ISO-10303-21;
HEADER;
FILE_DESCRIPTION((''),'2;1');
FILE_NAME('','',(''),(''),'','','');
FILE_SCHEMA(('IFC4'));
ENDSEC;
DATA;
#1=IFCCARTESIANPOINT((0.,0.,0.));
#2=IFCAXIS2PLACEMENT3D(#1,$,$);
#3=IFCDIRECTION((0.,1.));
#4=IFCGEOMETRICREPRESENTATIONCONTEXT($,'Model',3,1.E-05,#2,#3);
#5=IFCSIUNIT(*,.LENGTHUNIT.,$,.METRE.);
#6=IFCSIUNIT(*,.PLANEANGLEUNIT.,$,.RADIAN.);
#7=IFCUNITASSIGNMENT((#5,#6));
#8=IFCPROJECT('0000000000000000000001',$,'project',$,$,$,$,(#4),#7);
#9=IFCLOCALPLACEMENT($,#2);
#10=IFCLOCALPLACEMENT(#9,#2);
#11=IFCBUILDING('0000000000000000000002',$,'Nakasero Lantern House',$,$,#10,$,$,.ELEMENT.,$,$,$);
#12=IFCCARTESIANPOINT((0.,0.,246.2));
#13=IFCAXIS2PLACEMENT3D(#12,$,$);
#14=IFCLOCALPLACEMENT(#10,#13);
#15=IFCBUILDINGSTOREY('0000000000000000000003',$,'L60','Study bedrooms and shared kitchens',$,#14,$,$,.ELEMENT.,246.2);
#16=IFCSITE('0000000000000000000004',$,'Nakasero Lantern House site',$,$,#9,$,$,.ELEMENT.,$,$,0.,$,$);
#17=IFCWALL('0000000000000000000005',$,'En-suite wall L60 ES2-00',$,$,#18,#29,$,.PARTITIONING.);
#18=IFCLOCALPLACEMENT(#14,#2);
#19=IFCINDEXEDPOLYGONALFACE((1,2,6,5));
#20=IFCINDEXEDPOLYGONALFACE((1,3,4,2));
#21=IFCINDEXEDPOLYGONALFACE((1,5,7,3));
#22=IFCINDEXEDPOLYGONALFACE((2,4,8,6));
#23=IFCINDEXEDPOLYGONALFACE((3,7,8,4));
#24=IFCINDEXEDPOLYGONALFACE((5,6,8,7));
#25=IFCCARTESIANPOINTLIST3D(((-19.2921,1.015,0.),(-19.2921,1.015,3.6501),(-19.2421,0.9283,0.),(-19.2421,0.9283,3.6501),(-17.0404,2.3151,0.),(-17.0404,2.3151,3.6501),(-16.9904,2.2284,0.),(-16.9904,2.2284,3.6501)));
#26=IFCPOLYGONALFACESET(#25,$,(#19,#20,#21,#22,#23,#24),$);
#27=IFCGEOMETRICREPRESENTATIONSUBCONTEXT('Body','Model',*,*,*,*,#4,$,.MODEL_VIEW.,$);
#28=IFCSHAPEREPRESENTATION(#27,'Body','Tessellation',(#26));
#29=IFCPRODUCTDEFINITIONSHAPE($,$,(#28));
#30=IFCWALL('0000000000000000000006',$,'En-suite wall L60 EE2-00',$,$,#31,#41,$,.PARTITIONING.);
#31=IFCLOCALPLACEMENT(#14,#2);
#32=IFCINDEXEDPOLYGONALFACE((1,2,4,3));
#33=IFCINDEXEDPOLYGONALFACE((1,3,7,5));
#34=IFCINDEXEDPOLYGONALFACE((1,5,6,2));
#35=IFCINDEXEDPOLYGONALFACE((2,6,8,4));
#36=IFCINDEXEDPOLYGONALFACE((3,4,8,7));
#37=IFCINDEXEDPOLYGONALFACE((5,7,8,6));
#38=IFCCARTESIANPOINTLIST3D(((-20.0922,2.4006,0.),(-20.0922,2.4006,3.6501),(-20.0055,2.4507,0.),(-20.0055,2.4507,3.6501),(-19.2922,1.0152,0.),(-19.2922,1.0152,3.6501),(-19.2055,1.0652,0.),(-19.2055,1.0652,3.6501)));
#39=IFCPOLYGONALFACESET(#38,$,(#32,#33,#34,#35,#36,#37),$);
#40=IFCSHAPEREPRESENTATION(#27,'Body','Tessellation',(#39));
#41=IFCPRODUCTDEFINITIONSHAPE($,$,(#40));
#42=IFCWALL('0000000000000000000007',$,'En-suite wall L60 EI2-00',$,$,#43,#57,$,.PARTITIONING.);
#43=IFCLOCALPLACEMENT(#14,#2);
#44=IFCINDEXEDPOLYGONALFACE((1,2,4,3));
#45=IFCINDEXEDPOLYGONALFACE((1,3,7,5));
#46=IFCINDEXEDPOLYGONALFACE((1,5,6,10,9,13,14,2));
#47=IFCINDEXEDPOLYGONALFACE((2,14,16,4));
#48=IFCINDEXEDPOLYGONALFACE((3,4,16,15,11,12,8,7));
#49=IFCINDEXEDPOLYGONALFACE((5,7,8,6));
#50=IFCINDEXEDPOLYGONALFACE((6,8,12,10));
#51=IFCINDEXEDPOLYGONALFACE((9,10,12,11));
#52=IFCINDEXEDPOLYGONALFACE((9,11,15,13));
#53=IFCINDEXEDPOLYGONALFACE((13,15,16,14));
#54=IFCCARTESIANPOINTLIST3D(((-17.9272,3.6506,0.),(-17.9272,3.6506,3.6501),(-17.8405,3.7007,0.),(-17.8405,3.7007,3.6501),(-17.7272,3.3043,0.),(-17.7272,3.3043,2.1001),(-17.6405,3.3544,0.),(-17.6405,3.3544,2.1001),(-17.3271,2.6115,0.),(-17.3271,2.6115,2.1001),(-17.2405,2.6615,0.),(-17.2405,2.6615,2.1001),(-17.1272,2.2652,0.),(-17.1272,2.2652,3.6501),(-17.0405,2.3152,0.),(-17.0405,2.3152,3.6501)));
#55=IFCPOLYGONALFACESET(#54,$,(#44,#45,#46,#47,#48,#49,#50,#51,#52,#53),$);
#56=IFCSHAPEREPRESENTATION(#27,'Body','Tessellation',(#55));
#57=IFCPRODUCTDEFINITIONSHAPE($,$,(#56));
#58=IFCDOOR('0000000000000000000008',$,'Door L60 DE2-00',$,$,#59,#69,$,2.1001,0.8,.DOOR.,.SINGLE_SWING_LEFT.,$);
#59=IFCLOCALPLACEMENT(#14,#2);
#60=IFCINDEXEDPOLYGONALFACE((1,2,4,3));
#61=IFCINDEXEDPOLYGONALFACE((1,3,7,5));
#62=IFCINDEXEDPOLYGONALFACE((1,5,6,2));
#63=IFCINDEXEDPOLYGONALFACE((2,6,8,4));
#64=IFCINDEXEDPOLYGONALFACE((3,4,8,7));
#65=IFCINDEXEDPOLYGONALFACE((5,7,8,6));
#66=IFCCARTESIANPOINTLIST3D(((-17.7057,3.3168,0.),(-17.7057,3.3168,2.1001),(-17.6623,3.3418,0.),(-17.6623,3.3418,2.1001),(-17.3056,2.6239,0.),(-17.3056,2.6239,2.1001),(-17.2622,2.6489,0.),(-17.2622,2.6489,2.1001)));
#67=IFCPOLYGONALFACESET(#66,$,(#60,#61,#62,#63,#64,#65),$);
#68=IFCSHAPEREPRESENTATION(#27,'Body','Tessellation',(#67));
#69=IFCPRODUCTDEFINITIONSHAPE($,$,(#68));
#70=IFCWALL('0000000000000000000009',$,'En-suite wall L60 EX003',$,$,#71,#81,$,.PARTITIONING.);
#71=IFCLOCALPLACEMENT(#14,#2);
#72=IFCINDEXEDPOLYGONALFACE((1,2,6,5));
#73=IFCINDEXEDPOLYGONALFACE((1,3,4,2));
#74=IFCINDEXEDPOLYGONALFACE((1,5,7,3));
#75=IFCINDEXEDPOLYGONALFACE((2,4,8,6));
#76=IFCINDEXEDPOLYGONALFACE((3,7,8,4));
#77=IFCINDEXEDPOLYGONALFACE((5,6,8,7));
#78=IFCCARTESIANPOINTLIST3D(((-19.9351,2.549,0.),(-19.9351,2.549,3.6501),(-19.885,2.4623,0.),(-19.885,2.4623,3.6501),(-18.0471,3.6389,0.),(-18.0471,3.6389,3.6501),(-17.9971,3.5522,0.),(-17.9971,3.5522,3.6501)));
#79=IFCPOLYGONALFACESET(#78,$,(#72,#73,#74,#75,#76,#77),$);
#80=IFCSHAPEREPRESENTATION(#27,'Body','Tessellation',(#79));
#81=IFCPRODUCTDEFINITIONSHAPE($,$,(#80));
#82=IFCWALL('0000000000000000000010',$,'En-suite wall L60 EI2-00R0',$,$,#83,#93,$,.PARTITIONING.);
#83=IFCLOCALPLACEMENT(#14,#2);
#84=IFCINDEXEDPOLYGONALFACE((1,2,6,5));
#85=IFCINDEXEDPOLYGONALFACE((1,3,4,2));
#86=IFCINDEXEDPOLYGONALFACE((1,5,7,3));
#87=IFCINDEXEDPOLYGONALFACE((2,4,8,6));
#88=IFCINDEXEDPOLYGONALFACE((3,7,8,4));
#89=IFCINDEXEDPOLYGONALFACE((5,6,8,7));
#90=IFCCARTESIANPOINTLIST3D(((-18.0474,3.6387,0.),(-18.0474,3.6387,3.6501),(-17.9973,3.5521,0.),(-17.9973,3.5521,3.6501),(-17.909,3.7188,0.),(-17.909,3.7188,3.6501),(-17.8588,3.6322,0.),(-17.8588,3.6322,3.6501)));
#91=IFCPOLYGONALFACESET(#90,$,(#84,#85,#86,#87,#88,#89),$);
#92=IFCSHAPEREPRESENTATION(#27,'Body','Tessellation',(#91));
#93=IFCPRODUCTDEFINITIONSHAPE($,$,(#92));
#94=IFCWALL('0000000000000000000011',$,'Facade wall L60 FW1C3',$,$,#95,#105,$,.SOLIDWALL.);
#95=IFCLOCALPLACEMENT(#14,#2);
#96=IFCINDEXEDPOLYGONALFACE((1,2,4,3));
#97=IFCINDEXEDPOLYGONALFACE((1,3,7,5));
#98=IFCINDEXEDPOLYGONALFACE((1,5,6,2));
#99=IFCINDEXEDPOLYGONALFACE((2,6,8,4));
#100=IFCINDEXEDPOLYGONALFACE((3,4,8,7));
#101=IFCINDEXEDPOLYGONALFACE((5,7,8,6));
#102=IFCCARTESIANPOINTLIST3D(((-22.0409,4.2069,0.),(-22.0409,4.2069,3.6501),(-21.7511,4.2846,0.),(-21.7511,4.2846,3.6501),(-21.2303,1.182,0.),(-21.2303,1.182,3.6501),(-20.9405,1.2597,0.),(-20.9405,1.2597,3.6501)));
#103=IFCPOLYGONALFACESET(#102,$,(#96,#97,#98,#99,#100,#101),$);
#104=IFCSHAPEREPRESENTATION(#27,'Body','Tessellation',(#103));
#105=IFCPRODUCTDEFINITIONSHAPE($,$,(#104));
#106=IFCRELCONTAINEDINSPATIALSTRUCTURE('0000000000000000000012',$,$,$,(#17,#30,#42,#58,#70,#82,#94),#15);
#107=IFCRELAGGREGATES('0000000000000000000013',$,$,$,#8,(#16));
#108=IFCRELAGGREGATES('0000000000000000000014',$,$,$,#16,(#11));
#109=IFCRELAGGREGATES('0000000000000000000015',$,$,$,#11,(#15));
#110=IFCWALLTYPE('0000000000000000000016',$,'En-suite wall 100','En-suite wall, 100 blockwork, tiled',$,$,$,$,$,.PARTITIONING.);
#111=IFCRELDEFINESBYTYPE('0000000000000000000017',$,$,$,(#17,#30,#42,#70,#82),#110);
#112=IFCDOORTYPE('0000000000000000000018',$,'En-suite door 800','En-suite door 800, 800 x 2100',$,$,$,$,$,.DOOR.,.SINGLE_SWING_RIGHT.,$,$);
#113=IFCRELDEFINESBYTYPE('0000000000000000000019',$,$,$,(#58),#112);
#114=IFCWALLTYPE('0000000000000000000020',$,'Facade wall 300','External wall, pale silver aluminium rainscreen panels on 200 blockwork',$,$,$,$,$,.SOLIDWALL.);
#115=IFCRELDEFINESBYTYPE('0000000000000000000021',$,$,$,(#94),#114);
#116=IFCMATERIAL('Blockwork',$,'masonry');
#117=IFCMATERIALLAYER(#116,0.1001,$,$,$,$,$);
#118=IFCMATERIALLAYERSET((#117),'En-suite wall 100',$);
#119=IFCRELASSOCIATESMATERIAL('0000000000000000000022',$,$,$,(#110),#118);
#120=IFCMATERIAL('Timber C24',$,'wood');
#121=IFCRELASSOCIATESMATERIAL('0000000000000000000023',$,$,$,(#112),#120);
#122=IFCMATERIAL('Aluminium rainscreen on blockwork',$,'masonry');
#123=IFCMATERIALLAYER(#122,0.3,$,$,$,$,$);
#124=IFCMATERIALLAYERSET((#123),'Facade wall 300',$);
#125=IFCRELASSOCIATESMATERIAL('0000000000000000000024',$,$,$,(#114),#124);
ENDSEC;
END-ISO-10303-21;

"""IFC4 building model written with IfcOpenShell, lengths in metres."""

from ifc_helpers import new_model, si_unit, direction, frame, frame_2d, origin, place, context, subcontext, project, spatial, rectangle, extrude, material, layer, layer_set, type_object, element, fill, save


model = new_model("IFC4")

# Units and contexts
model_context = context("Model", 3, precision=1e-05, world=origin(), true_north=direction((0.0, 1.0)))
body_context = subcontext(model_context, "Body", "Model", "MODEL_VIEW")
ifc_project = project(units=[si_unit("LENGTHUNIT", "METRE"), si_unit("PLANEANGLEUNIT", "RADIAN")], contexts=[model_context])

# Site, building, storey
site_placement = place(None, origin())
site = spatial("IfcSite", under=ifc_project, at=site_placement, Name="Nakasero Lantern House site", CompositionType="ELEMENT", RefElevation=0.0)
building_placement = place(site_placement, origin())
building = spatial("IfcBuilding", under=site, at=building_placement, Name="Nakasero Lantern House", CompositionType="ELEMENT")
storey_placement = place(building_placement, frame((0.0, 0.0, 246.2)))
storey = spatial("IfcBuildingStorey", under=building, at=storey_placement, Name="L60", Description="Study bedrooms and shared kitchens", CompositionType="ELEMENT", Elevation=246.2)

# Shared definitions
ifc_material_1 = material(Name="Blockwork", Category="masonry")
ifc_layer_1 = layer(ifc_material_1, 0.1001)
ifc_layer_set_1 = layer_set([ifc_layer_1], Name="En-suite wall 100")
wall_type_1 = type_object("IfcWallType", Name="En-suite wall 100", Description="En-suite wall, 100 blockwork, tiled", PredefinedType="PARTITIONING", material=ifc_layer_set_1)
ifc_material_2 = material(Name="Timber C24", Category="wood")
door_type_1 = type_object("IfcDoorType", Name="En-suite door 800", Description="En-suite door 800, 800 x 2100", OperationType="SINGLE_SWING_RIGHT", PredefinedType="DOOR", material=ifc_material_2)

# Walls
wall_1_placement = place(storey_placement, frame((-17.0154, 2.2717, 0.0), z_axis=(0.0, 0.0, 1.0), x_axis=(-0.866021, -0.500007, 0.0)))
element("IfcWall", 1, at=wall_1_placement, inside=storey, type_object=wall_type_1, Name="En-suite wall L60 ES2-00", PredefinedType="PARTITIONING", context=body_context, shape_type="SweptSolid", body=[
    extrude(rectangle(XDim=2.6001, YDim=0.1001, at=frame_2d((1.3, 0.0))), origin(), (0.0, 0.0, 1.0), 3.6501),
])
wall_2_placement = place(storey_placement, frame((-20.0488, 2.4255, 0.0), z_axis=(0.0, 0.0, 1.0), x_axis=(0.500061, -0.86599, 0.0)))
element("IfcWall", 2, at=wall_2_placement, inside=storey, type_object=wall_type_1, Name="En-suite wall L60 EE2-00", PredefinedType="PARTITIONING", context=body_context, shape_type="SweptSolid", body=[
    extrude(rectangle(XDim=1.5999, YDim=0.1001, at=frame_2d((0.7998, 0.0))), origin(), (0.0, 0.0, 1.0), 3.6501),
])

# Wall, opening, door
wall_3_placement = place(storey_placement, frame((-17.8838, 3.6755, 0.0), z_axis=(0.0, 0.0, 1.0), x_axis=(0.500061, -0.86599, 0.0)))
wall_3 = element("IfcWall", 3, at=wall_3_placement, inside=storey, type_object=wall_type_1, Name="En-suite wall L60 EI2-00", PredefinedType="PARTITIONING", context=body_context, shape_type="SweptSolid", body=[
    extrude(rectangle(XDim=1.5999, YDim=0.1001, at=frame_2d((0.7998, 0.0))), origin(), (0.0, 0.0, 1.0), 3.6501),
])
opening_1_placement = place(wall_3_placement, frame((0.3999, 0.0, 0.0)))
opening_1 = element("IfcOpeningElement", 4, at=opening_1_placement, cuts=wall_3, PredefinedType="OPENING", context=body_context, shape_type="SweptSolid", body=[
    extrude(rectangle(XDim=0.8, YDim=2.1001, at=frame_2d((0.3999, 1.05))), frame((0.0, 0.0701, 0.0), z_axis=(0.0, -1.0, 0.0), x_axis=(1.0, 0.0, 0.0)), (0.0, 0.0, 1.0), 0.1401),
])
door_1_placement = place(opening_1_placement, origin())
door_1 = element("IfcDoor", 5, at=door_1_placement, inside=storey, type_object=door_type_1, Name="Door L60 DE2-00", OperationType="SINGLE_SWING_LEFT", OverallHeight=2.1001, OverallWidth=0.8, PredefinedType="DOOR", context=body_context, shape_type="SweptSolid", body=[
    extrude(rectangle(XDim=0.8, YDim=2.1001, at=frame_2d((0.3999, 1.05))), frame((0.0, 0.0249, 0.0), z_axis=(0.0, -1.0, 0.0), x_axis=(1.0, 0.0, 0.0)), (0.0, 0.0, 1.0), 0.05),
])
fill(opening_1, door_1)

# Walls
wall_4_placement = place(storey_placement, frame((-18.0222, 3.5955, 0.0), z_axis=(0.0, 0.0, 1.0), x_axis=(-0.866057, -0.499945, 0.0)))
element("IfcWall", 6, at=wall_4_placement, inside=storey, type_object=wall_type_1, Name="En-suite wall L60 EX003", PredefinedType="PARTITIONING", context=body_context, shape_type="SweptSolid", body=[
    extrude(rectangle(XDim=2.1799, YDim=0.1001, at=frame_2d((1.0898, 0.0))), origin(), (0.0, 0.0, 1.0), 3.6501),
])
wall_5_placement = place(storey_placement, frame((-17.8838, 3.6755, 0.0), z_axis=(0.0, 0.0, 1.0), x_axis=(-0.8656, -0.500735, 0.0)))
element("IfcWall", 7, at=wall_5_placement, inside=storey, type_object=wall_type_1, Name="En-suite wall L60 EI2-00R0", PredefinedType="PARTITIONING", context=body_context, shape_type="SweptSolid", body=[
    extrude(rectangle(XDim=0.1599, YDim=0.1001, at=frame_2d((0.0801, 0.0))), origin(), (0.0, 0.0, 1.0), 3.6501),
])
ifc_material_3 = material(Name="Aluminium rainscreen on blockwork", Category="masonry")
ifc_layer_2 = layer(ifc_material_3, 0.3)
ifc_layer_set_2 = layer_set([ifc_layer_2], Name="Facade wall 300")
wall_type_2 = type_object("IfcWallType", Name="Facade wall 300", Description="External wall, pale silver aluminium rainscreen panels on 200 blockwork", PredefinedType="SOLIDWALL", material=ifc_layer_set_2)
wall_6_placement = place(storey_placement, frame((-21.896, 4.2458, 0.0), z_axis=(0.0, 0.0, 1.0), x_axis=(0.258827, -0.965924, 0.0)))
element("IfcWall", 8, at=wall_6_placement, inside=storey, type_object=wall_type_2, Name="Facade wall L60 FW1C3", PredefinedType="SOLIDWALL", context=body_context, shape_type="SweptSolid", body=[
    extrude(rectangle(XDim=3.1316, YDim=0.3, at=frame_2d((1.5659, 0.0))), origin(), (0.0, 0.0, 1.0), 3.6501),
])

save(model, "model.ifc")
